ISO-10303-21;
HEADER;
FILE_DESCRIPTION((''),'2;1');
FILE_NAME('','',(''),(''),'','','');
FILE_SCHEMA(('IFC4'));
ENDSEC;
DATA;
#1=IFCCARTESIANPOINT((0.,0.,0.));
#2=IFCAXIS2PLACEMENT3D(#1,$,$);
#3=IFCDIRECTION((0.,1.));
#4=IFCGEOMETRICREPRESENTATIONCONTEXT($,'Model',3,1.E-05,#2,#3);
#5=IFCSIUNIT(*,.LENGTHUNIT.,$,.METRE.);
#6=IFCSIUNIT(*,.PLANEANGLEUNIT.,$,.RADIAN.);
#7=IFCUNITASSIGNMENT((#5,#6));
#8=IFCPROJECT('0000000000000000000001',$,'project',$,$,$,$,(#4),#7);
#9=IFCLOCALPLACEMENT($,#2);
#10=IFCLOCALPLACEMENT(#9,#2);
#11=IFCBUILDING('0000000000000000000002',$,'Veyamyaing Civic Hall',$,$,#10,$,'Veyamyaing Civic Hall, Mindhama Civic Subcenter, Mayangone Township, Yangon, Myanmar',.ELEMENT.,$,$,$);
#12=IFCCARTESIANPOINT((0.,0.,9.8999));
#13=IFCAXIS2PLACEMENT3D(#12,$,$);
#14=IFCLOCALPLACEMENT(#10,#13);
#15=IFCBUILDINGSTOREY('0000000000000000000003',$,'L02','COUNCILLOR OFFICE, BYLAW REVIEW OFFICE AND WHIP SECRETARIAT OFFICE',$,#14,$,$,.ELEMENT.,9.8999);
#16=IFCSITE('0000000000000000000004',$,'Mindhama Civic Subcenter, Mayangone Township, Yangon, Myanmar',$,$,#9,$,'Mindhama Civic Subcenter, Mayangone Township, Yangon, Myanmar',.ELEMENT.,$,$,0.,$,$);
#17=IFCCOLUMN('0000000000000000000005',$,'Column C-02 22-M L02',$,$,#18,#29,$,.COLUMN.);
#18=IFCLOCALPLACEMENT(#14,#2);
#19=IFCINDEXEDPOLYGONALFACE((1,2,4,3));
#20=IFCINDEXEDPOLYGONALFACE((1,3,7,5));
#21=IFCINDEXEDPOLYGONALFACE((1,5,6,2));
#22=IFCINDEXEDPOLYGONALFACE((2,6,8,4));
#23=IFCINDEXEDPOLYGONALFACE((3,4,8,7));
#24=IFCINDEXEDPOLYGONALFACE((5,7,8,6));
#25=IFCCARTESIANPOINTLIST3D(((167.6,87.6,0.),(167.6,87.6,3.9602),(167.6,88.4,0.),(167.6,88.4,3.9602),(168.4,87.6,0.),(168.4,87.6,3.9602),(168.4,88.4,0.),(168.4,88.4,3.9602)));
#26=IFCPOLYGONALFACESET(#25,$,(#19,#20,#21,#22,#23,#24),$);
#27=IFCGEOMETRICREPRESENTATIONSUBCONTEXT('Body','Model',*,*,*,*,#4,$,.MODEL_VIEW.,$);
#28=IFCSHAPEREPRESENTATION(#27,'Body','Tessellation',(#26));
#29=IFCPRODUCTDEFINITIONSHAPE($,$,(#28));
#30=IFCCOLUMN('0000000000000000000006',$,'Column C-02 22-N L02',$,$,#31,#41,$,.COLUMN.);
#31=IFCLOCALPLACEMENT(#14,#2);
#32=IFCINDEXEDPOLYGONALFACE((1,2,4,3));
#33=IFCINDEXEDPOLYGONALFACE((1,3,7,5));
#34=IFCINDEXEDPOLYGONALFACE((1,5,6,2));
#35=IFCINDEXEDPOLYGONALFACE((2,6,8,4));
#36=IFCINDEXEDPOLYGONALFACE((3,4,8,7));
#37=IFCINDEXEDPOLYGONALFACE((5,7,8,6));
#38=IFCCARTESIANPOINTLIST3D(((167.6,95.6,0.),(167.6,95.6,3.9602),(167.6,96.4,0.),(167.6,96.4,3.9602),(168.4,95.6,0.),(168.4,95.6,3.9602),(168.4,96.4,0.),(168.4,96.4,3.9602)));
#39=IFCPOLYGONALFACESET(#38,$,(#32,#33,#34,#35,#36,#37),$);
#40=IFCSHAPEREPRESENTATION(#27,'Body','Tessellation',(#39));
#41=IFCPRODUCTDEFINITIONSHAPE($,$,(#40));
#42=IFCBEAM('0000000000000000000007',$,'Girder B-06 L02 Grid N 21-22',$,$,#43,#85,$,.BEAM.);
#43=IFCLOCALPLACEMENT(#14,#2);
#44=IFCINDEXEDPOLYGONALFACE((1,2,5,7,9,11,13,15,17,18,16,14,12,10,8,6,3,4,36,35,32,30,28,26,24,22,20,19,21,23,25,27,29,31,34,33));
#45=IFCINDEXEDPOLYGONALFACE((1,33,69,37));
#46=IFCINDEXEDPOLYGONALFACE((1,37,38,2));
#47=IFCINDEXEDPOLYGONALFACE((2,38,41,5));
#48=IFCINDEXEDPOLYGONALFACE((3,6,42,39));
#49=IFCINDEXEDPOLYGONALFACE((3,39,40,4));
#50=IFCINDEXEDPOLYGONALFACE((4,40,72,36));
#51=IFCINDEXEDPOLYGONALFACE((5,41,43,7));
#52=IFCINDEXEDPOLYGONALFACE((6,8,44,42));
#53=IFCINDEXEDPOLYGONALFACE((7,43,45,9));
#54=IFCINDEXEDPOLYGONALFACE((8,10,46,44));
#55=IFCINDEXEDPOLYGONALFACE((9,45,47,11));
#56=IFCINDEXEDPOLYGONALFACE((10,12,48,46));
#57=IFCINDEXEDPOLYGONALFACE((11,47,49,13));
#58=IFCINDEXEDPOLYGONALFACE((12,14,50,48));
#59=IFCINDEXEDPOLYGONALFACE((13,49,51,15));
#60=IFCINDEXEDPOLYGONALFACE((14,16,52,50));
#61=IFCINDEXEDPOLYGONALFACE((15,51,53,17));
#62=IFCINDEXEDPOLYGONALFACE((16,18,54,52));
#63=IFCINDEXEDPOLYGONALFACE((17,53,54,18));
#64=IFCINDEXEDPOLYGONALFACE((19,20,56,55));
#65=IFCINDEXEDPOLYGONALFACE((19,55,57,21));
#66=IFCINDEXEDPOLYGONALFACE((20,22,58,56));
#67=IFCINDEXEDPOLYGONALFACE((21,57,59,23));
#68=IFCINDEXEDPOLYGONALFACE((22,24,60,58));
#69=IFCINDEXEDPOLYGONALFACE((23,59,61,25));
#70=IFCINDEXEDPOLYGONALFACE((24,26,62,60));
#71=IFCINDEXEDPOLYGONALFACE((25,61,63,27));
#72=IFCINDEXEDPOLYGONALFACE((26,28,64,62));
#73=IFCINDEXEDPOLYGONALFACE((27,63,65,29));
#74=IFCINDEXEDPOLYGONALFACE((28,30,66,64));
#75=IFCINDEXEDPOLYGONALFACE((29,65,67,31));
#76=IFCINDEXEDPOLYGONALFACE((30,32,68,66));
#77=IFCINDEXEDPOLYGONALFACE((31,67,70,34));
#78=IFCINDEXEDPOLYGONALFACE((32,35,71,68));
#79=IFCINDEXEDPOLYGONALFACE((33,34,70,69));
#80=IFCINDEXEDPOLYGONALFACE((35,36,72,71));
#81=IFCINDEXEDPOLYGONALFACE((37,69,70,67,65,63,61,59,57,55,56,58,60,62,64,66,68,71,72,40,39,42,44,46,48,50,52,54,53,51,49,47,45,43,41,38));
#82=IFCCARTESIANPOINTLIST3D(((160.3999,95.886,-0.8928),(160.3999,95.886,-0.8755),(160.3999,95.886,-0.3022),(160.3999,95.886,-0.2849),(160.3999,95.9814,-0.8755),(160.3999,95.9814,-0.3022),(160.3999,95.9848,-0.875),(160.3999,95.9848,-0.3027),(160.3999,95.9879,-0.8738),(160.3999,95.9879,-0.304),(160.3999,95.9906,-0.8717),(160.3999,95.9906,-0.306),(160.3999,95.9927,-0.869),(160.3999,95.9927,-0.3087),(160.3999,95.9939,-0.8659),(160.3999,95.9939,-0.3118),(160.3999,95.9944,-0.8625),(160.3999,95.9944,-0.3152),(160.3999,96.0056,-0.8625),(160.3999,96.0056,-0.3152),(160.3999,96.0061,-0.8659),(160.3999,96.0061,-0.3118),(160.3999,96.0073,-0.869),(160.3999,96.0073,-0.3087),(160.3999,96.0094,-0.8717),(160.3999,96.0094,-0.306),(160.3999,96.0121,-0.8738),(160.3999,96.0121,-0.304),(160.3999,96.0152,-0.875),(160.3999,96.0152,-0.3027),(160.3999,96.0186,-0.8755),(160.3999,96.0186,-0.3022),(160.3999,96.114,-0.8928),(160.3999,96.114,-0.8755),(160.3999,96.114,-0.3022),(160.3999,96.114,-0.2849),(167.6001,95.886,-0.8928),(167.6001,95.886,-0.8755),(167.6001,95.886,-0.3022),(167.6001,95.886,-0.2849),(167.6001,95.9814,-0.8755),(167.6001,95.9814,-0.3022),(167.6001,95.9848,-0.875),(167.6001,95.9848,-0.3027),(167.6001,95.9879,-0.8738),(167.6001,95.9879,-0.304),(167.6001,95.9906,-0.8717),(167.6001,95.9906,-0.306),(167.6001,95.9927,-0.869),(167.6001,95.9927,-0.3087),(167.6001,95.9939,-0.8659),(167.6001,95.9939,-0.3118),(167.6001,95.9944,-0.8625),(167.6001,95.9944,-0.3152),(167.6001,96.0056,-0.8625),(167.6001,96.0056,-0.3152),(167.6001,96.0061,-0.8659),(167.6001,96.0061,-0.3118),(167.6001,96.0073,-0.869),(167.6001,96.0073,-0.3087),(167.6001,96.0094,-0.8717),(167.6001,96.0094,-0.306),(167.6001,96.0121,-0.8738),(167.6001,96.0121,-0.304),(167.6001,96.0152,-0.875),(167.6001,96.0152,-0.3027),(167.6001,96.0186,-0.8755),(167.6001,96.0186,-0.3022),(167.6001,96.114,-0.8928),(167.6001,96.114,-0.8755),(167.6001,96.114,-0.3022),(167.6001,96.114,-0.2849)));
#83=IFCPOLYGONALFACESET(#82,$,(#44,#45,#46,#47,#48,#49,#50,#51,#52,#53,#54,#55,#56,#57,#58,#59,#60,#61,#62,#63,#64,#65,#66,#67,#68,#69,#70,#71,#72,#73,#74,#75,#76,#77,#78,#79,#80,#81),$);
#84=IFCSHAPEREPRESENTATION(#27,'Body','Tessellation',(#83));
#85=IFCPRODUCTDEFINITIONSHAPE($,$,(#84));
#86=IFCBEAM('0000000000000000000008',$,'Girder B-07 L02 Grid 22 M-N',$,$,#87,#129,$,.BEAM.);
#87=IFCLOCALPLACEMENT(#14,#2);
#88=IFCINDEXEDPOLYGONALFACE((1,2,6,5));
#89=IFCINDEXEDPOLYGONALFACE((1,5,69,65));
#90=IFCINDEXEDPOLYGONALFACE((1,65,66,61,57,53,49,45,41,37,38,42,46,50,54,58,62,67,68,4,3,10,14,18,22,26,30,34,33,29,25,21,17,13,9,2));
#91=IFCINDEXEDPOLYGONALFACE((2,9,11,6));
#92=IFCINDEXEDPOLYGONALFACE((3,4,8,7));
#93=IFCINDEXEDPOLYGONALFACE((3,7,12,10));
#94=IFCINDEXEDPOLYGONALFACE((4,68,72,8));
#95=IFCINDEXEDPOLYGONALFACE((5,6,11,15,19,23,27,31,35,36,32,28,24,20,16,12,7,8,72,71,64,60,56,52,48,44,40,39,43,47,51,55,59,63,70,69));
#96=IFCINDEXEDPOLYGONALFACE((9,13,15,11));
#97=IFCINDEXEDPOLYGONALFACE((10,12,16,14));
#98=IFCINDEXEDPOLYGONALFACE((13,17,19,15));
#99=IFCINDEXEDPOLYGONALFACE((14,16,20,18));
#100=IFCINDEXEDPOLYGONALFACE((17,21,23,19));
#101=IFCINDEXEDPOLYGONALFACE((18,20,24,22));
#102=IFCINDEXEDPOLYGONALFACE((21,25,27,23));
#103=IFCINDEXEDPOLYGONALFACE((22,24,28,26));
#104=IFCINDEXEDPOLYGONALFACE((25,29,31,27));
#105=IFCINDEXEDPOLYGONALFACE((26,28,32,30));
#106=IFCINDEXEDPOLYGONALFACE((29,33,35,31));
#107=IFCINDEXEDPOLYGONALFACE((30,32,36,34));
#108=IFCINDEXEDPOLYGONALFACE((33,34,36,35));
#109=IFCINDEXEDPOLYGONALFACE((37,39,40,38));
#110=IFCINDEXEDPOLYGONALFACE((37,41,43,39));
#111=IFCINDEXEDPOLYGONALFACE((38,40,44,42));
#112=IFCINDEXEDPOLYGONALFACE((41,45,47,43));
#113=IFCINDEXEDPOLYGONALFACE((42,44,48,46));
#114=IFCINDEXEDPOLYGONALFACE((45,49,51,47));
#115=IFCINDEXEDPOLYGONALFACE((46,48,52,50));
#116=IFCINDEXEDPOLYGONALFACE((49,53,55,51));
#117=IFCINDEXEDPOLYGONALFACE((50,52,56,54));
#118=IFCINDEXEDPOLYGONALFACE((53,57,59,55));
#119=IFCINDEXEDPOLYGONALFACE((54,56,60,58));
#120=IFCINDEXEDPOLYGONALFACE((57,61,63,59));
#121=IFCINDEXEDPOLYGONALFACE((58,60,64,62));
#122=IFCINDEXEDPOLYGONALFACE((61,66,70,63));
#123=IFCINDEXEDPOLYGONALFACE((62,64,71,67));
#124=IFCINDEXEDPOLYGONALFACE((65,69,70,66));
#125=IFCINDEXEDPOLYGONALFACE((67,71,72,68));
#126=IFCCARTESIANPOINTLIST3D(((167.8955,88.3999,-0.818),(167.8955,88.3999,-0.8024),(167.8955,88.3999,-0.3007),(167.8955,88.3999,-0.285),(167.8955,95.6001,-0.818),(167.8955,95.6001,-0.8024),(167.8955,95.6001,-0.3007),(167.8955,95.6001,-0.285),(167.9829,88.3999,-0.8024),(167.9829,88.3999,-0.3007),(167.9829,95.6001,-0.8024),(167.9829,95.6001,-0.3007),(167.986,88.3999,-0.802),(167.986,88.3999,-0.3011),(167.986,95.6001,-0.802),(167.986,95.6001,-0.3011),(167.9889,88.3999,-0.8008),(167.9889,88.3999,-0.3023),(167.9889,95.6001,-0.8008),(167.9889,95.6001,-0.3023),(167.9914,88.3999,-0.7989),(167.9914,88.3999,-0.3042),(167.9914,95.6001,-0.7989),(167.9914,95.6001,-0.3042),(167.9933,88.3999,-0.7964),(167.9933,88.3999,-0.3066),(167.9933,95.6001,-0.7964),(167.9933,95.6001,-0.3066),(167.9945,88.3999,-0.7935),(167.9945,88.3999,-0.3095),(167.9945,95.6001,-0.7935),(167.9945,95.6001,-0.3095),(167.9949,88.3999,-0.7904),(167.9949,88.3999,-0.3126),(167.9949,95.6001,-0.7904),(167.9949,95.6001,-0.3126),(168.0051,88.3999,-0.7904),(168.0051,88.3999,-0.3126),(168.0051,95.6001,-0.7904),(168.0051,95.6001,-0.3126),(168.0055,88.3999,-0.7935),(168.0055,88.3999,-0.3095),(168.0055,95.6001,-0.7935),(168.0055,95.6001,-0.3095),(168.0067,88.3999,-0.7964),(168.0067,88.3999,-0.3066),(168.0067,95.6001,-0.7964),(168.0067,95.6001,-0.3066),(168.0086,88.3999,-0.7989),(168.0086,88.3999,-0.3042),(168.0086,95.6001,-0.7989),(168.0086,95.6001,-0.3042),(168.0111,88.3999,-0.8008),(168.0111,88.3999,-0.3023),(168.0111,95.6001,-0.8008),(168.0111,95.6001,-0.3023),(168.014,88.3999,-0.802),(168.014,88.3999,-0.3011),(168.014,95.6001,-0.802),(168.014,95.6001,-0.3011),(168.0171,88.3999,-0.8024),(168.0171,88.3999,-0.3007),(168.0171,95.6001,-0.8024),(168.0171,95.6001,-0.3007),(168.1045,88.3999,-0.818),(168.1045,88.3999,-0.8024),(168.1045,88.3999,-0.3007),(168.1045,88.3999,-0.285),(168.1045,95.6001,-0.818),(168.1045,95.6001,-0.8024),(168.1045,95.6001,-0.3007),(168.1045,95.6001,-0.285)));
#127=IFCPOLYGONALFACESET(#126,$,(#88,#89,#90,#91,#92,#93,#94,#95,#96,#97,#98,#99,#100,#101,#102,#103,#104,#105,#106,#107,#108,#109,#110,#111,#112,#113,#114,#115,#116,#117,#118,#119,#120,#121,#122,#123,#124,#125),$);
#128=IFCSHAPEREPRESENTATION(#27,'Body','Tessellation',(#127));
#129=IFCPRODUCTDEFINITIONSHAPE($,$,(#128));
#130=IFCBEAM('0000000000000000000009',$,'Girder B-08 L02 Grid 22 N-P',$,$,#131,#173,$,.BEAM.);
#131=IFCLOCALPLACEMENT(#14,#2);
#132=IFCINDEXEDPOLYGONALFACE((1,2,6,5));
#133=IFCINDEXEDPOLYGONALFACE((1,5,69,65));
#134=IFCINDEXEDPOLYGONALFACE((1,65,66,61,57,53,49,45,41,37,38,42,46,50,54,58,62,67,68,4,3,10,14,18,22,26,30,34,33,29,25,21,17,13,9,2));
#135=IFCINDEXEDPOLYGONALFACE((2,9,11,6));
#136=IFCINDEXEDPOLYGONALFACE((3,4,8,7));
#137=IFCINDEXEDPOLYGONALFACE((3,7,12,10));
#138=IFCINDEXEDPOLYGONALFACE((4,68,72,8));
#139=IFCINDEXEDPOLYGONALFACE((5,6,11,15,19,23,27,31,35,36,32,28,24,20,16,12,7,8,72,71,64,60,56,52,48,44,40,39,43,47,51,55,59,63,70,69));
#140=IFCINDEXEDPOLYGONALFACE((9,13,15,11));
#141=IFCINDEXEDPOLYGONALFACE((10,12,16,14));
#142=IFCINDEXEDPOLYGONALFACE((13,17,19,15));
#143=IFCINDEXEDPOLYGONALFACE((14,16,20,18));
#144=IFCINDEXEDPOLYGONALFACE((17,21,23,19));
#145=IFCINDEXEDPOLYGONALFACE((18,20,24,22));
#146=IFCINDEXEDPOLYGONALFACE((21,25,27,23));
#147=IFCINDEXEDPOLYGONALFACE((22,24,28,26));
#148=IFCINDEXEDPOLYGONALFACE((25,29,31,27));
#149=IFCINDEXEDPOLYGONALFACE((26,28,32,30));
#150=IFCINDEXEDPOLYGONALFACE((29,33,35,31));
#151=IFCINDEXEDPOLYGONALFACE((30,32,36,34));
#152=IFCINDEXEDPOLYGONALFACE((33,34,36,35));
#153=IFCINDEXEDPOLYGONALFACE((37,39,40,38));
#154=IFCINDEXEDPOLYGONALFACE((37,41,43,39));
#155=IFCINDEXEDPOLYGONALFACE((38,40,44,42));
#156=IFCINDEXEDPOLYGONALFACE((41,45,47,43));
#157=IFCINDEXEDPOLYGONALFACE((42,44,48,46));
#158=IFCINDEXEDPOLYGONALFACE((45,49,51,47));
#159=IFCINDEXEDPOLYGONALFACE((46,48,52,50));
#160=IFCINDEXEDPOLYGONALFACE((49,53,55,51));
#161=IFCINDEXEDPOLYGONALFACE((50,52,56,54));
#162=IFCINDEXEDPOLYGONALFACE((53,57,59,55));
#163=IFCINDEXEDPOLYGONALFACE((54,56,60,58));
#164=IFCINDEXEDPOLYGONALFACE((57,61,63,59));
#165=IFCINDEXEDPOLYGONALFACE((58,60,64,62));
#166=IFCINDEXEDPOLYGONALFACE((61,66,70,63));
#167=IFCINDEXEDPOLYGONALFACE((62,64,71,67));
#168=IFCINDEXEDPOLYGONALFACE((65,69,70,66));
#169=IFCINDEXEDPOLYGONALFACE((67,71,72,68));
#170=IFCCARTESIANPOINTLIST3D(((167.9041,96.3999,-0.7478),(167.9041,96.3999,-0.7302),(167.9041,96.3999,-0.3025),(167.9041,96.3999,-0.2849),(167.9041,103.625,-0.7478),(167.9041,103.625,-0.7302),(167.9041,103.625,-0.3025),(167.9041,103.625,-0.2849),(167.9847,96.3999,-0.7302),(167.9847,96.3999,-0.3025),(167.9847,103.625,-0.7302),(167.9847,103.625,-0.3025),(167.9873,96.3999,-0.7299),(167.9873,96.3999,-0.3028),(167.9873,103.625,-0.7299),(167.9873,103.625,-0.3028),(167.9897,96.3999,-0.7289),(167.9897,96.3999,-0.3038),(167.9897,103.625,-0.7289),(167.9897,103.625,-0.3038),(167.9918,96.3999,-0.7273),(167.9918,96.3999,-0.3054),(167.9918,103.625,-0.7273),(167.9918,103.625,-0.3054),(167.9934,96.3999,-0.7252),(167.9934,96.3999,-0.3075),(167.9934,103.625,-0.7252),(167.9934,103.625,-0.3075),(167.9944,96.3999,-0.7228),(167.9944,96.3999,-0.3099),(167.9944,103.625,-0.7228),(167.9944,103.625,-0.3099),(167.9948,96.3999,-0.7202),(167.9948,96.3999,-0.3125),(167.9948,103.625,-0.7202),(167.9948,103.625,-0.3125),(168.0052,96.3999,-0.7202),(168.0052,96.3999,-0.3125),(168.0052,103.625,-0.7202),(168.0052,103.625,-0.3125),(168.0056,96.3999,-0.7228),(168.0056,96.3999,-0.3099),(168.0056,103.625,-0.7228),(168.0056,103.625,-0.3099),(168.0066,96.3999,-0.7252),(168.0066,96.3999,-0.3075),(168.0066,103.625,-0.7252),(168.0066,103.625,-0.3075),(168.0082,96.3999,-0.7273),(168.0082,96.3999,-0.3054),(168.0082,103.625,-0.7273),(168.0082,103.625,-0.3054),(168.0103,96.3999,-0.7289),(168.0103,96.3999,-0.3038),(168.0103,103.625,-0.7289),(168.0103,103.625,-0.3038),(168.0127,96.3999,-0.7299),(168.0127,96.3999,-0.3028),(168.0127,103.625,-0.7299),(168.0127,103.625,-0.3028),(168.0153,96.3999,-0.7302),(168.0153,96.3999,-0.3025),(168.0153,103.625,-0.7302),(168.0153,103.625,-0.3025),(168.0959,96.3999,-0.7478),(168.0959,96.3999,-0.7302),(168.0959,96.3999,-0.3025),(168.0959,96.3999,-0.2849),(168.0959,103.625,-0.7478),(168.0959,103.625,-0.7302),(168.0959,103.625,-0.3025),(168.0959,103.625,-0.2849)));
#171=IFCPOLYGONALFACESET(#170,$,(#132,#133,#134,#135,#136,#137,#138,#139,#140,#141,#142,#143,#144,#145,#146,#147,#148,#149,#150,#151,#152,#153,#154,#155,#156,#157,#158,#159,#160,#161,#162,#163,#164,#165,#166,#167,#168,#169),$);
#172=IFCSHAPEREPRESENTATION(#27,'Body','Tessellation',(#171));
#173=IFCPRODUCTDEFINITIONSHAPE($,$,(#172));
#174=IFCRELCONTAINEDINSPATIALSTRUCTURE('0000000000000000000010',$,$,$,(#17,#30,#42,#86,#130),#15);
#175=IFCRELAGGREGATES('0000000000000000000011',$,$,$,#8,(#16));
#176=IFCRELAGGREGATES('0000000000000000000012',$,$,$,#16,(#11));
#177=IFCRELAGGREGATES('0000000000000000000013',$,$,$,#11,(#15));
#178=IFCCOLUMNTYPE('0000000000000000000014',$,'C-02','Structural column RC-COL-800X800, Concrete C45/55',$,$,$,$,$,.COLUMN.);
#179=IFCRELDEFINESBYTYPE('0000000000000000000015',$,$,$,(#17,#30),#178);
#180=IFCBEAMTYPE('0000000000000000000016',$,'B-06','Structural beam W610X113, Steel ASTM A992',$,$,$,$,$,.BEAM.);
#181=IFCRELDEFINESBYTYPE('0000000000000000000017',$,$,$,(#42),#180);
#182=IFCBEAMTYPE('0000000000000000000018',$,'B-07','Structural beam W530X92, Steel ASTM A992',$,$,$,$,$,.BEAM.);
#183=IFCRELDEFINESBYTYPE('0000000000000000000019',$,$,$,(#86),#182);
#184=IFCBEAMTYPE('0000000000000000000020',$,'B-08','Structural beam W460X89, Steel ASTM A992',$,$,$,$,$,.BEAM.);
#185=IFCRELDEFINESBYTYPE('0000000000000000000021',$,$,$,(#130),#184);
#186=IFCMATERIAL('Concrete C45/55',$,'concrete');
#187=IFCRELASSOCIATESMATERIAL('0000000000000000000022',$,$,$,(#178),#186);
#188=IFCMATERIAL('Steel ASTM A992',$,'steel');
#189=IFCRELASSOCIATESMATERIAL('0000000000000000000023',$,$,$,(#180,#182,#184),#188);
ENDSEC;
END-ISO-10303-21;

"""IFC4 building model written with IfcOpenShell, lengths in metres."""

from ifc_helpers import new_model, si_unit, direction, frame, origin, origin_2d, place, context, subcontext, project, spatial, rectangle, i_section, extrude, material, material_profile, profile_set, type_object, element, save


model = new_model("IFC4")

# Units and contexts
model_context = context("Model", 3, precision=1e-05, world=origin(), true_north=direction((0.0, 1.0)))
body_context = subcontext(model_context, "Body", "Model", "MODEL_VIEW")
ifc_project = project(units=[si_unit("LENGTHUNIT", "METRE"), si_unit("PLANEANGLEUNIT", "RADIAN")], contexts=[model_context])

# Site, building, storey
site_placement = place(None, origin())
site = spatial("IfcSite", under=ifc_project, at=site_placement, Name="Mindhama Civic Subcenter, Mayangone Township, Yangon, Myanmar", LongName="Mindhama Civic Subcenter, Mayangone Township, Yangon, Myanmar", CompositionType="ELEMENT", RefElevation=0.0)
building_placement = place(site_placement, origin())
building = spatial("IfcBuilding", under=site, at=building_placement, Name="Veyamyaing Civic Hall", LongName="Veyamyaing Civic Hall, Mindhama Civic Subcenter, Mayangone Township, Yangon, Myanmar", CompositionType="ELEMENT")
storey_placement = place(building_placement, frame((0.0, 0.0, 9.8999)))
storey = spatial("IfcBuildingStorey", under=building, at=storey_placement, Name="L02", Description="COUNCILLOR OFFICE, BYLAW REVIEW OFFICE AND WHIP SECRETARIAT OFFICE", CompositionType="ELEMENT", Elevation=9.8999)

# Columns
ifc_material_1 = material(Name="Concrete C45/55", Category="concrete")
ifc_material_profile_1 = material_profile(ifc_material_1, rectangle(XDim=0.8, YDim=0.8, at=origin_2d()), Name="RC-COL-800X800")
ifc_profile_set_1 = profile_set([ifc_material_profile_1], Name="Concrete C45/55")
column_type = type_object("IfcColumnType", Name="C-02", Description="Structural column RC-COL-800X800, Concrete C45/55", PredefinedType="COLUMN", material=ifc_profile_set_1)
for number, where, z_axis, x_axis, name in (
    (1, (168.0, 88.0, 0.0), (0.0, 0.0, 1.0), (1.0, 0.0, 0.0), "Column C-02 22-M L02"),
    (2, (168.0, 96.0, 0.0), (0.0, 0.0, 1.0), (1.0, 0.0, 0.0), "Column C-02 22-N L02"),
):
    element("IfcColumn", number, at=place(storey_placement, frame(where, z_axis=z_axis, x_axis=x_axis)), inside=storey, type_object=column_type, Name=name, PredefinedType="COLUMN", context=body_context, shape_type="SweptSolid", body=[
        extrude(rectangle(XDim=0.8, YDim=0.8, at=origin_2d()), origin(), (0.0, 0.0, 1.0), 3.9602),
    ])

# Beams
ifc_material_2 = material(Name="Steel ASTM A992", Category="steel")
ifc_material_profile_2 = material_profile(ifc_material_2, i_section(OverallWidth=0.228, OverallDepth=0.6079, WebThickness=0.0112, FlangeThickness=0.0173, FilletRadius=0.0129, at=origin_2d()), Name="W610X113")
ifc_profile_set_2 = profile_set([ifc_material_profile_2], Name="Steel ASTM A992")
beam_type_1 = type_object("IfcBeamType", Name="B-06", Description="Structural beam W610X113, Steel ASTM A992", PredefinedType="BEAM", material=ifc_profile_set_2)
beam_1_placement = place(storey_placement, frame((160.3999, 96.0, -0.5889), z_axis=(1.0, 0.0, 0.0), x_axis=(0.0, 1.0, 0.0)))
element("IfcBeam", 3, at=beam_1_placement, inside=storey, type_object=beam_type_1, Name="Girder B-06 L02 Grid N 21-22", PredefinedType="BEAM", context=body_context, shape_type="SweptSolid", body=[
    extrude(i_section(OverallWidth=0.228, OverallDepth=0.6079, WebThickness=0.0112, FlangeThickness=0.0173, FilletRadius=0.0129, at=origin_2d()), origin(), (0.0, 0.0, 1.0), 7.2002),
])
ifc_material_profile_3 = material_profile(ifc_material_2, i_section(OverallWidth=0.209, OverallDepth=0.533, WebThickness=0.0103, FlangeThickness=0.0156, FilletRadius=0.012, at=origin_2d()), Name="W530X92")
ifc_profile_set_3 = profile_set([ifc_material_profile_3], Name="Steel ASTM A992")
beam_type_2 = type_object("IfcBeamType", Name="B-07", Description="Structural beam W530X92, Steel ASTM A992", PredefinedType="BEAM", material=ifc_profile_set_3)
beam_2_placement = place(storey_placement, frame((168.0, 88.3999, -0.5515), z_axis=(0.0, 1.0, 0.0), x_axis=(-1.0, 0.0, 0.0)))
element("IfcBeam", 4, at=beam_2_placement, inside=storey, type_object=beam_type_2, Name="Girder B-07 L02 Grid 22 M-N", PredefinedType="BEAM", context=body_context, shape_type="SweptSolid", body=[
    extrude(i_section(OverallWidth=0.209, OverallDepth=0.533, WebThickness=0.0103, FlangeThickness=0.0156, FilletRadius=0.012, at=origin_2d()), origin(), (0.0, 0.0, 1.0), 7.2002),
])
ifc_material_profile_4 = material_profile(ifc_material_2, i_section(OverallWidth=0.1919, OverallDepth=0.4629, WebThickness=0.0105, FlangeThickness=0.0176, FilletRadius=0.01, at=origin_2d()), Name="W460X89")
ifc_profile_set_4 = profile_set([ifc_material_profile_4], Name="Steel ASTM A992")
beam_type_3 = type_object("IfcBeamType", Name="B-08", Description="Structural beam W460X89, Steel ASTM A992", PredefinedType="BEAM", material=ifc_profile_set_4)
beam_3_placement = place(storey_placement, frame((168.0, 96.3999, -0.5164), z_axis=(0.0, 1.0, 0.0), x_axis=(-1.0, 0.0, 0.0)))
element("IfcBeam", 5, at=beam_3_placement, inside=storey, type_object=beam_type_3, Name="Girder B-08 L02 Grid 22 N-P", PredefinedType="BEAM", context=body_context, shape_type="SweptSolid", body=[
    extrude(i_section(OverallWidth=0.1919, OverallDepth=0.4629, WebThickness=0.0105, FlangeThickness=0.0176, FilletRadius=0.01, at=origin_2d()), origin(), (0.0, 0.0, 1.0), 7.2251),
])

save(model, "model.ifc")
